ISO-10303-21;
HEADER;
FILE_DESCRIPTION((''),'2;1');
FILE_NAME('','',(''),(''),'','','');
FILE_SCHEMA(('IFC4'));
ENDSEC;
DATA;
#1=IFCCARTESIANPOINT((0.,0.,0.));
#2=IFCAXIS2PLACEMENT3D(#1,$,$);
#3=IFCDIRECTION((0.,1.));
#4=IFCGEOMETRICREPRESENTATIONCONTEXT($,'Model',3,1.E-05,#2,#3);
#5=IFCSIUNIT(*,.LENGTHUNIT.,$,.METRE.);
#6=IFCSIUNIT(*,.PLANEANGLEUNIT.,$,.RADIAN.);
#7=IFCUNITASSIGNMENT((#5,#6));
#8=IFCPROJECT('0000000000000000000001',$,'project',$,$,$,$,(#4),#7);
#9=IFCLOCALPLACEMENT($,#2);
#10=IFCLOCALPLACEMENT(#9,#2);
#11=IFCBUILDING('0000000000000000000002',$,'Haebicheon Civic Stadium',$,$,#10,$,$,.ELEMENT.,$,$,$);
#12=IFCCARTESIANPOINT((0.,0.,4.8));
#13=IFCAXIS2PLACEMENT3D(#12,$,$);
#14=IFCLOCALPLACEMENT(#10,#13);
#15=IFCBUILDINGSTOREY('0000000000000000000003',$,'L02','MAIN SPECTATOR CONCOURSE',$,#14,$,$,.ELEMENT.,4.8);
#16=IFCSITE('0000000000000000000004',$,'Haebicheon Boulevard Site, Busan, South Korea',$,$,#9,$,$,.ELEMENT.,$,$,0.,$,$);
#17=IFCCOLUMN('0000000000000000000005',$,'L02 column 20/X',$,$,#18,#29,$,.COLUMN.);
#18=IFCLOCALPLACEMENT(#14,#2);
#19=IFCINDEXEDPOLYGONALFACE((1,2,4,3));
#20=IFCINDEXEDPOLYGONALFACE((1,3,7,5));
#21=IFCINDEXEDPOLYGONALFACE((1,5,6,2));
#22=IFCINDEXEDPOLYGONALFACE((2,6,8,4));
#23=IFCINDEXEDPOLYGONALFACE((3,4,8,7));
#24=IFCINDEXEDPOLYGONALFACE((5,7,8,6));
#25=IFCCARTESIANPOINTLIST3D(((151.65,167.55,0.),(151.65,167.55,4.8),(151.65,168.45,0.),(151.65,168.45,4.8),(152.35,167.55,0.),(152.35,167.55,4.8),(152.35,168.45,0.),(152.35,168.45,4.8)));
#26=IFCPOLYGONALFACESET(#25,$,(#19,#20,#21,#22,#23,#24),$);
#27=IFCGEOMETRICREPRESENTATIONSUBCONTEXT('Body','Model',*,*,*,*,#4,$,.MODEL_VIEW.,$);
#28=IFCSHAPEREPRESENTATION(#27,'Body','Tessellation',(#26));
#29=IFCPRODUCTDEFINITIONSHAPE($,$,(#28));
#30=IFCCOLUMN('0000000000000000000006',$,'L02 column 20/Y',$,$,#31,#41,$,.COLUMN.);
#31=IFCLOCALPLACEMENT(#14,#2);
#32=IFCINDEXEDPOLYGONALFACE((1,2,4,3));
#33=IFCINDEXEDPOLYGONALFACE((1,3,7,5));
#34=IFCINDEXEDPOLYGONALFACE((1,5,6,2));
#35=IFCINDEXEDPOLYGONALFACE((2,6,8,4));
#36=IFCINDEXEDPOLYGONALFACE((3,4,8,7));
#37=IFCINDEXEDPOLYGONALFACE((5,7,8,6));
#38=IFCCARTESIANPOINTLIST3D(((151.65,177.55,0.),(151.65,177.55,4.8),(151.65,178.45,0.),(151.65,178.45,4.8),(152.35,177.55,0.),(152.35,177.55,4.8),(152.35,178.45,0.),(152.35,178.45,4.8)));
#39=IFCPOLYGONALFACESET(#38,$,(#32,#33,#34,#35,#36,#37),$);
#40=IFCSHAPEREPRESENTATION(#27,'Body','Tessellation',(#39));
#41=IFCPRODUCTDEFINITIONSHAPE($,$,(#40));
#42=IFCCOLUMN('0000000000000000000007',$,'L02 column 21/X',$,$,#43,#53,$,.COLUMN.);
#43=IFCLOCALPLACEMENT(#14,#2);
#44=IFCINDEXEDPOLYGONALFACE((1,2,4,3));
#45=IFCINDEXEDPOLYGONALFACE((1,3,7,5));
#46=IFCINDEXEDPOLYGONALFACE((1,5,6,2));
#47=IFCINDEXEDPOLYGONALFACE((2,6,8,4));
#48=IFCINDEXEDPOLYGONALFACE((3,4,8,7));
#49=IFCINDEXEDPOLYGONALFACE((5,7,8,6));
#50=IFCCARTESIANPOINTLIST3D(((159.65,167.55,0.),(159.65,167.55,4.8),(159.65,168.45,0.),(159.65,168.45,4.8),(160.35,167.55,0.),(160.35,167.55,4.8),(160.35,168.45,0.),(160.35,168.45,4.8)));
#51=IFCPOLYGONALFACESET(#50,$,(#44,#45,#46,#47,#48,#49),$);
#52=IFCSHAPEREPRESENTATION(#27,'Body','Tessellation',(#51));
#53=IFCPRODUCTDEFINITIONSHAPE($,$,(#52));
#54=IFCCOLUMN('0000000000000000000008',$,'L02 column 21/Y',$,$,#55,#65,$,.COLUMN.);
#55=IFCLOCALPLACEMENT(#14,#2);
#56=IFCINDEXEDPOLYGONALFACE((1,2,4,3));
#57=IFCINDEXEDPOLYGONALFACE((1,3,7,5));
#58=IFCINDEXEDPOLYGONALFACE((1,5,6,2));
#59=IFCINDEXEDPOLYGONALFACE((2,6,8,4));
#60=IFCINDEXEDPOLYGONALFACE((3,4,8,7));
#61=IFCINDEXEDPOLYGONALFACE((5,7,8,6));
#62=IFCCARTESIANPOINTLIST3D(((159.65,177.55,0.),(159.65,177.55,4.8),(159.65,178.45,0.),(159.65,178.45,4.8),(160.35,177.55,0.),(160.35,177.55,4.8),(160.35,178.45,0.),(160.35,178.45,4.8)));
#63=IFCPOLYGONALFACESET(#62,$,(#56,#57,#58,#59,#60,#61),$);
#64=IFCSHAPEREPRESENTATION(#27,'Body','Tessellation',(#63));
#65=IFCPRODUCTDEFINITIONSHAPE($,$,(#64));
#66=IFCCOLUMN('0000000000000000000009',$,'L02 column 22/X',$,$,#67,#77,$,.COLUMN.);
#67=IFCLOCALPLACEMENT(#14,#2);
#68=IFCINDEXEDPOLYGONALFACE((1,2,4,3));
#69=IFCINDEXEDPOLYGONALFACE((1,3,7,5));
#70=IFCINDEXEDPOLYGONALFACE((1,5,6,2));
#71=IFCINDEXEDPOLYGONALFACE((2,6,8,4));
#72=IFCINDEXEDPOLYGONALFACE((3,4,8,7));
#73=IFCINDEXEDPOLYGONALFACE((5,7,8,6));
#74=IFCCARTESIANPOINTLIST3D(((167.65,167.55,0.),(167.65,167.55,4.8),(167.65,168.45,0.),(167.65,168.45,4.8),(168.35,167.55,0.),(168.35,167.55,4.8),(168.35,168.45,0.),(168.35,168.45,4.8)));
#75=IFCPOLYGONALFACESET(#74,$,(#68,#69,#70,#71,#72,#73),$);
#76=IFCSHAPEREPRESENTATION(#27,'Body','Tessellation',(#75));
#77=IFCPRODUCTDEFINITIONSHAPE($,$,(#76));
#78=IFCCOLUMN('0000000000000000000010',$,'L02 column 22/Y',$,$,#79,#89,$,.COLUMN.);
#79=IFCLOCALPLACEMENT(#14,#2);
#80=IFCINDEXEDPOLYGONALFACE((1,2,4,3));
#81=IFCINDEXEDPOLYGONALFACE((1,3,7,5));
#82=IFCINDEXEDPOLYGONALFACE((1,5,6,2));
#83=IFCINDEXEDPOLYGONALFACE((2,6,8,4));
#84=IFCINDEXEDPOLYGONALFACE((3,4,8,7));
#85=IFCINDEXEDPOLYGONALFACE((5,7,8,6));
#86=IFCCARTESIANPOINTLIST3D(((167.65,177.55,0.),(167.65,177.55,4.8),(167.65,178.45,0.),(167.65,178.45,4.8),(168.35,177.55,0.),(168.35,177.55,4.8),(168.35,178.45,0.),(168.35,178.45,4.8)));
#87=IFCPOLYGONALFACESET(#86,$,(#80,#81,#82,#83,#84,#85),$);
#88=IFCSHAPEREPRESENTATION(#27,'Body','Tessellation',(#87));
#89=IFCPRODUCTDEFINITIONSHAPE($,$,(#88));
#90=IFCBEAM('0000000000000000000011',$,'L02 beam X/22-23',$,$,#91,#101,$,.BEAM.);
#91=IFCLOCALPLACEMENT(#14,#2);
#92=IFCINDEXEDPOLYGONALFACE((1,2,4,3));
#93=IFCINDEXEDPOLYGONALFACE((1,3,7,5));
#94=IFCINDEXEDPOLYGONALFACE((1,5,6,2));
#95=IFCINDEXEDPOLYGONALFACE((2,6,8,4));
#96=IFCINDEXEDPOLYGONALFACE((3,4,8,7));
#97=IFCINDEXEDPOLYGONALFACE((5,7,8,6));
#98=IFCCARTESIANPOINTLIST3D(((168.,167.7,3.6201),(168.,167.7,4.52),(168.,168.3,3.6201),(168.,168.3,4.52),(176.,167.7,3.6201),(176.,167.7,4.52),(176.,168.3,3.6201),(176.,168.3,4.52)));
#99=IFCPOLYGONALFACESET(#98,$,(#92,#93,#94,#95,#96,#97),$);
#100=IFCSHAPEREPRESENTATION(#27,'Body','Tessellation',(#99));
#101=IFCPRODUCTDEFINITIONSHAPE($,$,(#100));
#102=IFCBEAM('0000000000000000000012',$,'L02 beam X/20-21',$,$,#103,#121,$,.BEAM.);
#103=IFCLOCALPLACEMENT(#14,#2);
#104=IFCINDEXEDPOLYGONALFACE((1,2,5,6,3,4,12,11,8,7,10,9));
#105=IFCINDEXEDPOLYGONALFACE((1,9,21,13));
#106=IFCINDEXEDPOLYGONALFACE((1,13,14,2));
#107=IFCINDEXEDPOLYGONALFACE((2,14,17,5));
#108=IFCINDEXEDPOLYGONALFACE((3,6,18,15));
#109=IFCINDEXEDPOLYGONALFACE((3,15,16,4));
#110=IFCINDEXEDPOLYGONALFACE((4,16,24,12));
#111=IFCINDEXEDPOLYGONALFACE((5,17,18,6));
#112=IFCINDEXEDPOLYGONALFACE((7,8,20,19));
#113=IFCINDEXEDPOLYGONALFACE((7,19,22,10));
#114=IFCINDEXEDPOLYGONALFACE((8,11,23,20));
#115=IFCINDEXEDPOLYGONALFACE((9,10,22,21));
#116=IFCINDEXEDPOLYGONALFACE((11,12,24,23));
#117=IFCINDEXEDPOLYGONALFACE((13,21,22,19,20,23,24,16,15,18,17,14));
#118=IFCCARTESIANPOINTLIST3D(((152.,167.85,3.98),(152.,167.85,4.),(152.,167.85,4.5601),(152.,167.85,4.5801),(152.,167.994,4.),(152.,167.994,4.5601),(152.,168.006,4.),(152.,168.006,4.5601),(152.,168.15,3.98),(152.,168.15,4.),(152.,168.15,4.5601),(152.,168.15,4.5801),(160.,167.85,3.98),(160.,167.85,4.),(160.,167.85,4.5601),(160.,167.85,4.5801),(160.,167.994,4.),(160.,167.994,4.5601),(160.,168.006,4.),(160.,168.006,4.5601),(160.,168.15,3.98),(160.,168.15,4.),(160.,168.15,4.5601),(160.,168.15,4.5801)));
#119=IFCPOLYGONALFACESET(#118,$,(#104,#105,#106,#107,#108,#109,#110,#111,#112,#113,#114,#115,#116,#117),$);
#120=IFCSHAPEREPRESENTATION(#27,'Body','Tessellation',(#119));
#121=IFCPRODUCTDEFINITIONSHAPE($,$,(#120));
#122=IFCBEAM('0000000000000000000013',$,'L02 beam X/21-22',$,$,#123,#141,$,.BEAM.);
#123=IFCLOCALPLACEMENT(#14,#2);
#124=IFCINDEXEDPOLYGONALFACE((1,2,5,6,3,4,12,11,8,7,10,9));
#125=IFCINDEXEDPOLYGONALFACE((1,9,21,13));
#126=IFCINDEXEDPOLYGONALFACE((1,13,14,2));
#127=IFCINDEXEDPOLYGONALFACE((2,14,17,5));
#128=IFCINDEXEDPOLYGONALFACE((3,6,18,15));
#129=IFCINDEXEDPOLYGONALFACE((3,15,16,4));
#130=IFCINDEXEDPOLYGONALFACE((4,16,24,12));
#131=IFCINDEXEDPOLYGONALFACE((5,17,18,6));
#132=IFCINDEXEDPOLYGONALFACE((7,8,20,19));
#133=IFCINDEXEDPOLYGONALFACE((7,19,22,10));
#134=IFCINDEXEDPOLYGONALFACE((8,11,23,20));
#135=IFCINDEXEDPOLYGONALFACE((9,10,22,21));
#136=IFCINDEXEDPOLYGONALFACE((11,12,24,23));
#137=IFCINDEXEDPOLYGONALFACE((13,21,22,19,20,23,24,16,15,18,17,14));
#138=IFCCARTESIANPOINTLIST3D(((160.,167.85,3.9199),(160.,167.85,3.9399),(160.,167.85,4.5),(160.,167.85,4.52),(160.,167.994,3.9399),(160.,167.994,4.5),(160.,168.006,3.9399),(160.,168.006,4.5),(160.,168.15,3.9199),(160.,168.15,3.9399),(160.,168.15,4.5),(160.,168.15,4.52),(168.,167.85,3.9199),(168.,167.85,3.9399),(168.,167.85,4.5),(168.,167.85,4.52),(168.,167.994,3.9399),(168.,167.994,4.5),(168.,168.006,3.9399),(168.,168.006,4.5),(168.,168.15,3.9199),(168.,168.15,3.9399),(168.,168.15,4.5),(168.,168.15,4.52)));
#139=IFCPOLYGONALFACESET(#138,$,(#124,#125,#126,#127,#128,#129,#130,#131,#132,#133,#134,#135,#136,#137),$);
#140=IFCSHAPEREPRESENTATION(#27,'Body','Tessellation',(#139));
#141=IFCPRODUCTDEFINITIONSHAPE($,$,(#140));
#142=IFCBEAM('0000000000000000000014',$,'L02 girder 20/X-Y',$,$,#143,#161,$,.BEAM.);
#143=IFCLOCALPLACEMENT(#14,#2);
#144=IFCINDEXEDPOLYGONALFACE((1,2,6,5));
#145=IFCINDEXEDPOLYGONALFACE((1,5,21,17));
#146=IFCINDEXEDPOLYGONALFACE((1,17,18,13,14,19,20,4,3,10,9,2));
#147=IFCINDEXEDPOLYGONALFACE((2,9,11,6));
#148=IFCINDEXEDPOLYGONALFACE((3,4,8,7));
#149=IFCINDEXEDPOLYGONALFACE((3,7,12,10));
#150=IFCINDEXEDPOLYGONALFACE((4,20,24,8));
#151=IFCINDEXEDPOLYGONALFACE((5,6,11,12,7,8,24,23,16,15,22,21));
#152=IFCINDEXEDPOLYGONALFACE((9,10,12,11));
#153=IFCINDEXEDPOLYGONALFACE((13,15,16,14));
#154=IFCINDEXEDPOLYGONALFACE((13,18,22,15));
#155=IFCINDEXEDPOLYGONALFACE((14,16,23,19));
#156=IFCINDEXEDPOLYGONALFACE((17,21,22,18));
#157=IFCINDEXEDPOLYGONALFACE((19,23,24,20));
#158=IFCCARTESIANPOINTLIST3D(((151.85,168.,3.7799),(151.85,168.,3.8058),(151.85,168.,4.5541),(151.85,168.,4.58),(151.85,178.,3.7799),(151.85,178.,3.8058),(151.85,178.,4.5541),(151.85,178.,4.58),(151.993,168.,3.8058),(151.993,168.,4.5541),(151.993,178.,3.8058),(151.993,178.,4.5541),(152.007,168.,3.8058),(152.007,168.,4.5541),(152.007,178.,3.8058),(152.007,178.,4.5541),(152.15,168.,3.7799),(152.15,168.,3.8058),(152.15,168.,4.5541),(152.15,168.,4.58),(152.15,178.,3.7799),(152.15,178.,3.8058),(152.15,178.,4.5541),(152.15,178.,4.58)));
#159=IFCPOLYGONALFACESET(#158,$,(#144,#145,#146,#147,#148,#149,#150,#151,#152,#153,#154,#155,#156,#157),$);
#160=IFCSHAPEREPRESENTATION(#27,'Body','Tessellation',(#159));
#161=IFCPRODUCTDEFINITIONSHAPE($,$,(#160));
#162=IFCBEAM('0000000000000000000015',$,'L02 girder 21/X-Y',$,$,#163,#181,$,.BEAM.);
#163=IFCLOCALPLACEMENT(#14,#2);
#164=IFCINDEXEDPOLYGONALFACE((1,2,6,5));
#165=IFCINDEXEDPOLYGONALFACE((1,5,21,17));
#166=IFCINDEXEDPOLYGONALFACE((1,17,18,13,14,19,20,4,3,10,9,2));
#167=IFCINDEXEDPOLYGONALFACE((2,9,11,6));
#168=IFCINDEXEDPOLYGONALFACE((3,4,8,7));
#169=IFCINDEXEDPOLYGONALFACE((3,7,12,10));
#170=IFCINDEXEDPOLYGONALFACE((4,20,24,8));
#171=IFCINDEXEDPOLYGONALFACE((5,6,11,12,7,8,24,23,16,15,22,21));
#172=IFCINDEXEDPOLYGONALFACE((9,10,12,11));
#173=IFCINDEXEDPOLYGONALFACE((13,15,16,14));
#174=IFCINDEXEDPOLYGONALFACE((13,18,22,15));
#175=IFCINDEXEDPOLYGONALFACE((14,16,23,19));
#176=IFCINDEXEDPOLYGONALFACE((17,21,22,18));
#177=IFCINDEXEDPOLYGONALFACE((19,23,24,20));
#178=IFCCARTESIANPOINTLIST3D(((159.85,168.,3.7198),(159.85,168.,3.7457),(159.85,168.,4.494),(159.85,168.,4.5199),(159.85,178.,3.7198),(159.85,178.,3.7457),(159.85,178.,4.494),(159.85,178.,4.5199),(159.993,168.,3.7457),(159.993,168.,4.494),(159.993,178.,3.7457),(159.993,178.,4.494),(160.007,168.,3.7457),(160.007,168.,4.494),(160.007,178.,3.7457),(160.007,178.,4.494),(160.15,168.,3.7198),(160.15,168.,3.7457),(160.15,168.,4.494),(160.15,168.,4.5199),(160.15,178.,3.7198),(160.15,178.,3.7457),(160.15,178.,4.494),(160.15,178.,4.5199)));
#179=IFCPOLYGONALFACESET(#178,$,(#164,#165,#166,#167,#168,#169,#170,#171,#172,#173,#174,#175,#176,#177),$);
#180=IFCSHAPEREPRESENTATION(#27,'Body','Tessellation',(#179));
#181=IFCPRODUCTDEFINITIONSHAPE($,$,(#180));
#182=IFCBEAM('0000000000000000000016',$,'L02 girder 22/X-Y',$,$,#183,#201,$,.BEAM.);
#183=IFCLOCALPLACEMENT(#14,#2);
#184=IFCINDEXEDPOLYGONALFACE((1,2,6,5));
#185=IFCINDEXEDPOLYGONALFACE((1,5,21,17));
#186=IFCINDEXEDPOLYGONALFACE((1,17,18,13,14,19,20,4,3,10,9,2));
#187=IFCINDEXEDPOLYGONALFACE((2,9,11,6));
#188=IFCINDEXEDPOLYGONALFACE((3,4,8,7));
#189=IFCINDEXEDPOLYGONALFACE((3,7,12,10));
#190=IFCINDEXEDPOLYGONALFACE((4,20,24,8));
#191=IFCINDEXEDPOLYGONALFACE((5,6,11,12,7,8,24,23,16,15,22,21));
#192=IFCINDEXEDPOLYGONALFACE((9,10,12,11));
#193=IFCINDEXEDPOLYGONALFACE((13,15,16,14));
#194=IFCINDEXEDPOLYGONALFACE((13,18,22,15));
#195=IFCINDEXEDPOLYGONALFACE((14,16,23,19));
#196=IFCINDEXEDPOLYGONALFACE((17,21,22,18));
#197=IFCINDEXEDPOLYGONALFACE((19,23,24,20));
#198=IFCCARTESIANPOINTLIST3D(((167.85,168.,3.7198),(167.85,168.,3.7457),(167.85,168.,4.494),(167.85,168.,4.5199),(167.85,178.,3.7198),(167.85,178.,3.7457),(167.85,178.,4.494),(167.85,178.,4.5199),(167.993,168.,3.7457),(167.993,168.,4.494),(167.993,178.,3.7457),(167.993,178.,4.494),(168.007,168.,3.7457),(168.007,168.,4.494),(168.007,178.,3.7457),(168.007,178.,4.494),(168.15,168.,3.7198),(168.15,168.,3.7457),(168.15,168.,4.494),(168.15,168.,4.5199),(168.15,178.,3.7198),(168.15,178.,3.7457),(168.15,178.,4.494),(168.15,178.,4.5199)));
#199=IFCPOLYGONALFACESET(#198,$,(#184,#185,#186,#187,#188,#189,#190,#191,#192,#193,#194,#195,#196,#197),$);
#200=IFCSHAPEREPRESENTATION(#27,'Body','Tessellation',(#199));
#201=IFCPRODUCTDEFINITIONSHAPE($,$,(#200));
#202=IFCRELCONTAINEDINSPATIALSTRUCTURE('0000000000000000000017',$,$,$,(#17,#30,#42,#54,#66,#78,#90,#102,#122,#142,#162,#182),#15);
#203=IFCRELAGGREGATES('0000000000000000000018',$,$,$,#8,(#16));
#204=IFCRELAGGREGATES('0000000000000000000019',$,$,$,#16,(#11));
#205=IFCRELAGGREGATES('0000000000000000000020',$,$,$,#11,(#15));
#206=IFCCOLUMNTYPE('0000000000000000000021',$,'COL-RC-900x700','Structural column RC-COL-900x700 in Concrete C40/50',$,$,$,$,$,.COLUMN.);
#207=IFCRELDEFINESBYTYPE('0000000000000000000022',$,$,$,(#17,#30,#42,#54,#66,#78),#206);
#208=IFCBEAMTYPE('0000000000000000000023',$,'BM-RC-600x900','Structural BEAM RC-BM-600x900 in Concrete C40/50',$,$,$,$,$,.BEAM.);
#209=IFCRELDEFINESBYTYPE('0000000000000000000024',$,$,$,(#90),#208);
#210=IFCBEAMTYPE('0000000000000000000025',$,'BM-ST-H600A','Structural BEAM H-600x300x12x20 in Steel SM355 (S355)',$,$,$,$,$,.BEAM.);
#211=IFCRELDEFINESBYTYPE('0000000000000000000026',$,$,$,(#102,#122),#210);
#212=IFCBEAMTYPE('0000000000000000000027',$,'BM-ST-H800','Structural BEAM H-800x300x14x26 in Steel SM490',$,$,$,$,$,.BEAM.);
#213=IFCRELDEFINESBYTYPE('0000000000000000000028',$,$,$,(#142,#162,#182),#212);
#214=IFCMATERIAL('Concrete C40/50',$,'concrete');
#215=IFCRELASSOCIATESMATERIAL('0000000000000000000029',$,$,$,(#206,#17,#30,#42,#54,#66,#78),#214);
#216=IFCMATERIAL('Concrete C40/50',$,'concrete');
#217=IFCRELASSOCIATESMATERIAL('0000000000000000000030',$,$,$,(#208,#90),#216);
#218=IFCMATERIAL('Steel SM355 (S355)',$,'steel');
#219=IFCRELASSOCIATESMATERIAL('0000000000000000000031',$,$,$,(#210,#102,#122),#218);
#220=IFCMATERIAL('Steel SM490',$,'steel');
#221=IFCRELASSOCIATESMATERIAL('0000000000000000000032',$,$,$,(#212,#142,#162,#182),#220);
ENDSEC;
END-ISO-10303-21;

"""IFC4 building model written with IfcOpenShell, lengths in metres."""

from ifc_helpers import new_model, si_unit, direction, frame, origin, origin_2d, place, context, subcontext, project, spatial, rectangle, i_section, extrude, material, material_profile, profile_set, type_object, element, save


model = new_model("IFC4")

# Units and contexts
model_context = context("Model", 3, precision=1e-05, world=origin(), true_north=direction((0.0, 1.0)))
body_context = subcontext(model_context, "Body", "Model", "MODEL_VIEW")
ifc_project = project(units=[si_unit("LENGTHUNIT", "METRE"), si_unit("PLANEANGLEUNIT", "RADIAN")], contexts=[model_context])

# Site, building, storey
site_placement = place(None, origin())
site = spatial("IfcSite", under=ifc_project, at=site_placement, Name="Haebicheon Boulevard Site, Busan, South Korea", CompositionType="ELEMENT", RefElevation=0.0)
building_placement = place(site_placement, origin())
building = spatial("IfcBuilding", under=site, at=building_placement, Name="Haebicheon Civic Stadium", CompositionType="ELEMENT")
storey_placement = place(building_placement, frame((0.0, 0.0, 4.8)))
storey = spatial("IfcBuildingStorey", under=building, at=storey_placement, Name="L02", Description="MAIN SPECTATOR CONCOURSE", CompositionType="ELEMENT", Elevation=4.8)

# Columns
ifc_material_1 = material(Name="Concrete C40/50", Category="concrete")
ifc_material_profile_1 = material_profile(ifc_material_1, rectangle(XDim=0.7, YDim=0.8999, at=origin_2d()), Name="RC-COL-900x700")
ifc_profile_set_1 = profile_set([ifc_material_profile_1], Name="Concrete C40/50")
column_type = type_object("IfcColumnType", Name="COL-RC-900x700", Description="Structural column RC-COL-900x700 in Concrete C40/50", PredefinedType="COLUMN", material=ifc_profile_set_1)
for number, where, z_axis, x_axis, name in (
    (1, (152.0, 168.0, 0.0), (0.0, 0.0, 1.0), (1.0, 0.0, 0.0), "L02 column 20/X"),
    (2, (152.0, 178.0, 0.0), (0.0, 0.0, 1.0), (1.0, 0.0, 0.0), "L02 column 20/Y"),
    (3, (160.0, 168.0, 0.0), (0.0, 0.0, 1.0), (1.0, 0.0, 0.0), "L02 column 21/X"),
    (4, (160.0, 178.0, 0.0), (0.0, 0.0, 1.0), (1.0, 0.0, 0.0), "L02 column 21/Y"),
    (5, (168.0, 168.0, 0.0), (0.0, 0.0, 1.0), (1.0, 0.0, 0.0), "L02 column 22/X"),
    (6, (168.0, 178.0, 0.0), (0.0, 0.0, 1.0), (1.0, 0.0, 0.0), "L02 column 22/Y"),
):
    element("IfcColumn", number, at=place(storey_placement, frame(where, z_axis=z_axis, x_axis=x_axis)), inside=storey, type_object=column_type, material=ifc_profile_set_1, Name=name, PredefinedType="COLUMN", context=body_context, shape_type="SweptSolid", body=[
        extrude(rectangle(XDim=0.7, YDim=0.8999, at=origin_2d()), origin(), (0.0, 0.0, 1.0), 4.8),
    ])

# Beams
ifc_material_2 = material(Name="Concrete C40/50", Category="concrete")
ifc_material_profile_2 = material_profile(ifc_material_2, rectangle(XDim=0.6001, YDim=0.8999, at=origin_2d()), Name="RC-BM-600x900")
ifc_profile_set_2 = profile_set([ifc_material_profile_2], Name="Concrete C40/50")
beam_type_1 = type_object("IfcBeamType", Name="BM-RC-600x900", Description="Structural BEAM RC-BM-600x900 in Concrete C40/50", PredefinedType="BEAM", material=ifc_profile_set_2)
beam_placement = place(storey_placement, frame((168.0, 168.0, 4.0701), z_axis=(1.0, 0.0, 0.0), x_axis=(0.0, 1.0, 0.0)))
element("IfcBeam", 7, at=beam_placement, inside=storey, type_object=beam_type_1, material=ifc_profile_set_2, Name="L02 beam X/22-23", PredefinedType="BEAM", context=body_context, shape_type="SweptSolid", body=[
    extrude(rectangle(XDim=0.6001, YDim=0.8999, at=origin_2d()), origin(), (0.0, 0.0, 1.0), 8.0),
])
ifc_material_3 = material(Name="Steel SM355 (S355)", Category="steel")
ifc_material_profile_3 = material_profile(ifc_material_3, i_section(OverallWidth=0.3, OverallDepth=0.6001, WebThickness=0.012, FlangeThickness=0.02, at=origin_2d()), Name="H-600x300x12x20")
ifc_profile_set_3 = profile_set([ifc_material_profile_3], Name="Steel SM355 (S355)")
beam_type_2 = type_object("IfcBeamType", Name="BM-ST-H600A", Description="Structural BEAM H-600x300x12x20 in Steel SM355 (S355)", PredefinedType="BEAM", material=ifc_profile_set_3)
for number, where, z_axis, x_axis, name in (
    (8, (152.0, 168.0, 4.28), (1.0, 0.0, 0.0), (0.0, 1.0, 0.0), "L02 beam X/20-21"),
    (9, (160.0, 168.0, 4.22), (1.0, 0.0, 0.0), (0.0, 1.0, 0.0), "L02 beam X/21-22"),
):
    element("IfcBeam", number, at=place(storey_placement, frame(where, z_axis=z_axis, x_axis=x_axis)), inside=storey, type_object=beam_type_2, material=ifc_profile_set_3, Name=name, PredefinedType="BEAM", context=body_context, shape_type="SweptSolid", body=[
        extrude(i_section(OverallWidth=0.3, OverallDepth=0.6001, WebThickness=0.012, FlangeThickness=0.02, at=origin_2d()), origin(), (0.0, 0.0, 1.0), 8.0),
    ])
ifc_material_4 = material(Name="Steel SM490", Category="steel")
ifc_material_profile_4 = material_profile(ifc_material_4, i_section(OverallWidth=0.3, OverallDepth=0.8, WebThickness=0.0139, FlangeThickness=0.0259, at=origin_2d()), Name="H-800x300x14x26")
ifc_profile_set_4 = profile_set([ifc_material_profile_4], Name="Steel SM490")
beam_type_3 = type_object("IfcBeamType", Name="BM-ST-H800", Description="Structural BEAM H-800x300x14x26 in Steel SM490", PredefinedType="BEAM", material=ifc_profile_set_4)
for number, where, z_axis, x_axis, name in (
    (10, (152.0, 168.0, 4.1799), (0.0, 1.0, 0.0), (-1.0, 0.0, 0.0), "L02 girder 20/X-Y"),
    (11, (160.0, 168.0, 4.1199), (0.0, 1.0, 0.0), (-1.0, 0.0, 0.0), "L02 girder 21/X-Y"),
    (12, (168.0, 168.0, 4.1199), (0.0, 1.0, 0.0), (-1.0, 0.0, 0.0), "L02 girder 22/X-Y"),
):
    element("IfcBeam", number, at=place(storey_placement, frame(where, z_axis=z_axis, x_axis=x_axis)), inside=storey, type_object=beam_type_3, material=ifc_profile_set_4, Name=name, PredefinedType="BEAM", context=body_context, shape_type="SweptSolid", body=[
        extrude(i_section(OverallWidth=0.3, OverallDepth=0.8, WebThickness=0.0139, FlangeThickness=0.0259, at=origin_2d()), origin(), (0.0, 0.0, 1.0), 10.0),
    ])

save(model, "model.ifc")
